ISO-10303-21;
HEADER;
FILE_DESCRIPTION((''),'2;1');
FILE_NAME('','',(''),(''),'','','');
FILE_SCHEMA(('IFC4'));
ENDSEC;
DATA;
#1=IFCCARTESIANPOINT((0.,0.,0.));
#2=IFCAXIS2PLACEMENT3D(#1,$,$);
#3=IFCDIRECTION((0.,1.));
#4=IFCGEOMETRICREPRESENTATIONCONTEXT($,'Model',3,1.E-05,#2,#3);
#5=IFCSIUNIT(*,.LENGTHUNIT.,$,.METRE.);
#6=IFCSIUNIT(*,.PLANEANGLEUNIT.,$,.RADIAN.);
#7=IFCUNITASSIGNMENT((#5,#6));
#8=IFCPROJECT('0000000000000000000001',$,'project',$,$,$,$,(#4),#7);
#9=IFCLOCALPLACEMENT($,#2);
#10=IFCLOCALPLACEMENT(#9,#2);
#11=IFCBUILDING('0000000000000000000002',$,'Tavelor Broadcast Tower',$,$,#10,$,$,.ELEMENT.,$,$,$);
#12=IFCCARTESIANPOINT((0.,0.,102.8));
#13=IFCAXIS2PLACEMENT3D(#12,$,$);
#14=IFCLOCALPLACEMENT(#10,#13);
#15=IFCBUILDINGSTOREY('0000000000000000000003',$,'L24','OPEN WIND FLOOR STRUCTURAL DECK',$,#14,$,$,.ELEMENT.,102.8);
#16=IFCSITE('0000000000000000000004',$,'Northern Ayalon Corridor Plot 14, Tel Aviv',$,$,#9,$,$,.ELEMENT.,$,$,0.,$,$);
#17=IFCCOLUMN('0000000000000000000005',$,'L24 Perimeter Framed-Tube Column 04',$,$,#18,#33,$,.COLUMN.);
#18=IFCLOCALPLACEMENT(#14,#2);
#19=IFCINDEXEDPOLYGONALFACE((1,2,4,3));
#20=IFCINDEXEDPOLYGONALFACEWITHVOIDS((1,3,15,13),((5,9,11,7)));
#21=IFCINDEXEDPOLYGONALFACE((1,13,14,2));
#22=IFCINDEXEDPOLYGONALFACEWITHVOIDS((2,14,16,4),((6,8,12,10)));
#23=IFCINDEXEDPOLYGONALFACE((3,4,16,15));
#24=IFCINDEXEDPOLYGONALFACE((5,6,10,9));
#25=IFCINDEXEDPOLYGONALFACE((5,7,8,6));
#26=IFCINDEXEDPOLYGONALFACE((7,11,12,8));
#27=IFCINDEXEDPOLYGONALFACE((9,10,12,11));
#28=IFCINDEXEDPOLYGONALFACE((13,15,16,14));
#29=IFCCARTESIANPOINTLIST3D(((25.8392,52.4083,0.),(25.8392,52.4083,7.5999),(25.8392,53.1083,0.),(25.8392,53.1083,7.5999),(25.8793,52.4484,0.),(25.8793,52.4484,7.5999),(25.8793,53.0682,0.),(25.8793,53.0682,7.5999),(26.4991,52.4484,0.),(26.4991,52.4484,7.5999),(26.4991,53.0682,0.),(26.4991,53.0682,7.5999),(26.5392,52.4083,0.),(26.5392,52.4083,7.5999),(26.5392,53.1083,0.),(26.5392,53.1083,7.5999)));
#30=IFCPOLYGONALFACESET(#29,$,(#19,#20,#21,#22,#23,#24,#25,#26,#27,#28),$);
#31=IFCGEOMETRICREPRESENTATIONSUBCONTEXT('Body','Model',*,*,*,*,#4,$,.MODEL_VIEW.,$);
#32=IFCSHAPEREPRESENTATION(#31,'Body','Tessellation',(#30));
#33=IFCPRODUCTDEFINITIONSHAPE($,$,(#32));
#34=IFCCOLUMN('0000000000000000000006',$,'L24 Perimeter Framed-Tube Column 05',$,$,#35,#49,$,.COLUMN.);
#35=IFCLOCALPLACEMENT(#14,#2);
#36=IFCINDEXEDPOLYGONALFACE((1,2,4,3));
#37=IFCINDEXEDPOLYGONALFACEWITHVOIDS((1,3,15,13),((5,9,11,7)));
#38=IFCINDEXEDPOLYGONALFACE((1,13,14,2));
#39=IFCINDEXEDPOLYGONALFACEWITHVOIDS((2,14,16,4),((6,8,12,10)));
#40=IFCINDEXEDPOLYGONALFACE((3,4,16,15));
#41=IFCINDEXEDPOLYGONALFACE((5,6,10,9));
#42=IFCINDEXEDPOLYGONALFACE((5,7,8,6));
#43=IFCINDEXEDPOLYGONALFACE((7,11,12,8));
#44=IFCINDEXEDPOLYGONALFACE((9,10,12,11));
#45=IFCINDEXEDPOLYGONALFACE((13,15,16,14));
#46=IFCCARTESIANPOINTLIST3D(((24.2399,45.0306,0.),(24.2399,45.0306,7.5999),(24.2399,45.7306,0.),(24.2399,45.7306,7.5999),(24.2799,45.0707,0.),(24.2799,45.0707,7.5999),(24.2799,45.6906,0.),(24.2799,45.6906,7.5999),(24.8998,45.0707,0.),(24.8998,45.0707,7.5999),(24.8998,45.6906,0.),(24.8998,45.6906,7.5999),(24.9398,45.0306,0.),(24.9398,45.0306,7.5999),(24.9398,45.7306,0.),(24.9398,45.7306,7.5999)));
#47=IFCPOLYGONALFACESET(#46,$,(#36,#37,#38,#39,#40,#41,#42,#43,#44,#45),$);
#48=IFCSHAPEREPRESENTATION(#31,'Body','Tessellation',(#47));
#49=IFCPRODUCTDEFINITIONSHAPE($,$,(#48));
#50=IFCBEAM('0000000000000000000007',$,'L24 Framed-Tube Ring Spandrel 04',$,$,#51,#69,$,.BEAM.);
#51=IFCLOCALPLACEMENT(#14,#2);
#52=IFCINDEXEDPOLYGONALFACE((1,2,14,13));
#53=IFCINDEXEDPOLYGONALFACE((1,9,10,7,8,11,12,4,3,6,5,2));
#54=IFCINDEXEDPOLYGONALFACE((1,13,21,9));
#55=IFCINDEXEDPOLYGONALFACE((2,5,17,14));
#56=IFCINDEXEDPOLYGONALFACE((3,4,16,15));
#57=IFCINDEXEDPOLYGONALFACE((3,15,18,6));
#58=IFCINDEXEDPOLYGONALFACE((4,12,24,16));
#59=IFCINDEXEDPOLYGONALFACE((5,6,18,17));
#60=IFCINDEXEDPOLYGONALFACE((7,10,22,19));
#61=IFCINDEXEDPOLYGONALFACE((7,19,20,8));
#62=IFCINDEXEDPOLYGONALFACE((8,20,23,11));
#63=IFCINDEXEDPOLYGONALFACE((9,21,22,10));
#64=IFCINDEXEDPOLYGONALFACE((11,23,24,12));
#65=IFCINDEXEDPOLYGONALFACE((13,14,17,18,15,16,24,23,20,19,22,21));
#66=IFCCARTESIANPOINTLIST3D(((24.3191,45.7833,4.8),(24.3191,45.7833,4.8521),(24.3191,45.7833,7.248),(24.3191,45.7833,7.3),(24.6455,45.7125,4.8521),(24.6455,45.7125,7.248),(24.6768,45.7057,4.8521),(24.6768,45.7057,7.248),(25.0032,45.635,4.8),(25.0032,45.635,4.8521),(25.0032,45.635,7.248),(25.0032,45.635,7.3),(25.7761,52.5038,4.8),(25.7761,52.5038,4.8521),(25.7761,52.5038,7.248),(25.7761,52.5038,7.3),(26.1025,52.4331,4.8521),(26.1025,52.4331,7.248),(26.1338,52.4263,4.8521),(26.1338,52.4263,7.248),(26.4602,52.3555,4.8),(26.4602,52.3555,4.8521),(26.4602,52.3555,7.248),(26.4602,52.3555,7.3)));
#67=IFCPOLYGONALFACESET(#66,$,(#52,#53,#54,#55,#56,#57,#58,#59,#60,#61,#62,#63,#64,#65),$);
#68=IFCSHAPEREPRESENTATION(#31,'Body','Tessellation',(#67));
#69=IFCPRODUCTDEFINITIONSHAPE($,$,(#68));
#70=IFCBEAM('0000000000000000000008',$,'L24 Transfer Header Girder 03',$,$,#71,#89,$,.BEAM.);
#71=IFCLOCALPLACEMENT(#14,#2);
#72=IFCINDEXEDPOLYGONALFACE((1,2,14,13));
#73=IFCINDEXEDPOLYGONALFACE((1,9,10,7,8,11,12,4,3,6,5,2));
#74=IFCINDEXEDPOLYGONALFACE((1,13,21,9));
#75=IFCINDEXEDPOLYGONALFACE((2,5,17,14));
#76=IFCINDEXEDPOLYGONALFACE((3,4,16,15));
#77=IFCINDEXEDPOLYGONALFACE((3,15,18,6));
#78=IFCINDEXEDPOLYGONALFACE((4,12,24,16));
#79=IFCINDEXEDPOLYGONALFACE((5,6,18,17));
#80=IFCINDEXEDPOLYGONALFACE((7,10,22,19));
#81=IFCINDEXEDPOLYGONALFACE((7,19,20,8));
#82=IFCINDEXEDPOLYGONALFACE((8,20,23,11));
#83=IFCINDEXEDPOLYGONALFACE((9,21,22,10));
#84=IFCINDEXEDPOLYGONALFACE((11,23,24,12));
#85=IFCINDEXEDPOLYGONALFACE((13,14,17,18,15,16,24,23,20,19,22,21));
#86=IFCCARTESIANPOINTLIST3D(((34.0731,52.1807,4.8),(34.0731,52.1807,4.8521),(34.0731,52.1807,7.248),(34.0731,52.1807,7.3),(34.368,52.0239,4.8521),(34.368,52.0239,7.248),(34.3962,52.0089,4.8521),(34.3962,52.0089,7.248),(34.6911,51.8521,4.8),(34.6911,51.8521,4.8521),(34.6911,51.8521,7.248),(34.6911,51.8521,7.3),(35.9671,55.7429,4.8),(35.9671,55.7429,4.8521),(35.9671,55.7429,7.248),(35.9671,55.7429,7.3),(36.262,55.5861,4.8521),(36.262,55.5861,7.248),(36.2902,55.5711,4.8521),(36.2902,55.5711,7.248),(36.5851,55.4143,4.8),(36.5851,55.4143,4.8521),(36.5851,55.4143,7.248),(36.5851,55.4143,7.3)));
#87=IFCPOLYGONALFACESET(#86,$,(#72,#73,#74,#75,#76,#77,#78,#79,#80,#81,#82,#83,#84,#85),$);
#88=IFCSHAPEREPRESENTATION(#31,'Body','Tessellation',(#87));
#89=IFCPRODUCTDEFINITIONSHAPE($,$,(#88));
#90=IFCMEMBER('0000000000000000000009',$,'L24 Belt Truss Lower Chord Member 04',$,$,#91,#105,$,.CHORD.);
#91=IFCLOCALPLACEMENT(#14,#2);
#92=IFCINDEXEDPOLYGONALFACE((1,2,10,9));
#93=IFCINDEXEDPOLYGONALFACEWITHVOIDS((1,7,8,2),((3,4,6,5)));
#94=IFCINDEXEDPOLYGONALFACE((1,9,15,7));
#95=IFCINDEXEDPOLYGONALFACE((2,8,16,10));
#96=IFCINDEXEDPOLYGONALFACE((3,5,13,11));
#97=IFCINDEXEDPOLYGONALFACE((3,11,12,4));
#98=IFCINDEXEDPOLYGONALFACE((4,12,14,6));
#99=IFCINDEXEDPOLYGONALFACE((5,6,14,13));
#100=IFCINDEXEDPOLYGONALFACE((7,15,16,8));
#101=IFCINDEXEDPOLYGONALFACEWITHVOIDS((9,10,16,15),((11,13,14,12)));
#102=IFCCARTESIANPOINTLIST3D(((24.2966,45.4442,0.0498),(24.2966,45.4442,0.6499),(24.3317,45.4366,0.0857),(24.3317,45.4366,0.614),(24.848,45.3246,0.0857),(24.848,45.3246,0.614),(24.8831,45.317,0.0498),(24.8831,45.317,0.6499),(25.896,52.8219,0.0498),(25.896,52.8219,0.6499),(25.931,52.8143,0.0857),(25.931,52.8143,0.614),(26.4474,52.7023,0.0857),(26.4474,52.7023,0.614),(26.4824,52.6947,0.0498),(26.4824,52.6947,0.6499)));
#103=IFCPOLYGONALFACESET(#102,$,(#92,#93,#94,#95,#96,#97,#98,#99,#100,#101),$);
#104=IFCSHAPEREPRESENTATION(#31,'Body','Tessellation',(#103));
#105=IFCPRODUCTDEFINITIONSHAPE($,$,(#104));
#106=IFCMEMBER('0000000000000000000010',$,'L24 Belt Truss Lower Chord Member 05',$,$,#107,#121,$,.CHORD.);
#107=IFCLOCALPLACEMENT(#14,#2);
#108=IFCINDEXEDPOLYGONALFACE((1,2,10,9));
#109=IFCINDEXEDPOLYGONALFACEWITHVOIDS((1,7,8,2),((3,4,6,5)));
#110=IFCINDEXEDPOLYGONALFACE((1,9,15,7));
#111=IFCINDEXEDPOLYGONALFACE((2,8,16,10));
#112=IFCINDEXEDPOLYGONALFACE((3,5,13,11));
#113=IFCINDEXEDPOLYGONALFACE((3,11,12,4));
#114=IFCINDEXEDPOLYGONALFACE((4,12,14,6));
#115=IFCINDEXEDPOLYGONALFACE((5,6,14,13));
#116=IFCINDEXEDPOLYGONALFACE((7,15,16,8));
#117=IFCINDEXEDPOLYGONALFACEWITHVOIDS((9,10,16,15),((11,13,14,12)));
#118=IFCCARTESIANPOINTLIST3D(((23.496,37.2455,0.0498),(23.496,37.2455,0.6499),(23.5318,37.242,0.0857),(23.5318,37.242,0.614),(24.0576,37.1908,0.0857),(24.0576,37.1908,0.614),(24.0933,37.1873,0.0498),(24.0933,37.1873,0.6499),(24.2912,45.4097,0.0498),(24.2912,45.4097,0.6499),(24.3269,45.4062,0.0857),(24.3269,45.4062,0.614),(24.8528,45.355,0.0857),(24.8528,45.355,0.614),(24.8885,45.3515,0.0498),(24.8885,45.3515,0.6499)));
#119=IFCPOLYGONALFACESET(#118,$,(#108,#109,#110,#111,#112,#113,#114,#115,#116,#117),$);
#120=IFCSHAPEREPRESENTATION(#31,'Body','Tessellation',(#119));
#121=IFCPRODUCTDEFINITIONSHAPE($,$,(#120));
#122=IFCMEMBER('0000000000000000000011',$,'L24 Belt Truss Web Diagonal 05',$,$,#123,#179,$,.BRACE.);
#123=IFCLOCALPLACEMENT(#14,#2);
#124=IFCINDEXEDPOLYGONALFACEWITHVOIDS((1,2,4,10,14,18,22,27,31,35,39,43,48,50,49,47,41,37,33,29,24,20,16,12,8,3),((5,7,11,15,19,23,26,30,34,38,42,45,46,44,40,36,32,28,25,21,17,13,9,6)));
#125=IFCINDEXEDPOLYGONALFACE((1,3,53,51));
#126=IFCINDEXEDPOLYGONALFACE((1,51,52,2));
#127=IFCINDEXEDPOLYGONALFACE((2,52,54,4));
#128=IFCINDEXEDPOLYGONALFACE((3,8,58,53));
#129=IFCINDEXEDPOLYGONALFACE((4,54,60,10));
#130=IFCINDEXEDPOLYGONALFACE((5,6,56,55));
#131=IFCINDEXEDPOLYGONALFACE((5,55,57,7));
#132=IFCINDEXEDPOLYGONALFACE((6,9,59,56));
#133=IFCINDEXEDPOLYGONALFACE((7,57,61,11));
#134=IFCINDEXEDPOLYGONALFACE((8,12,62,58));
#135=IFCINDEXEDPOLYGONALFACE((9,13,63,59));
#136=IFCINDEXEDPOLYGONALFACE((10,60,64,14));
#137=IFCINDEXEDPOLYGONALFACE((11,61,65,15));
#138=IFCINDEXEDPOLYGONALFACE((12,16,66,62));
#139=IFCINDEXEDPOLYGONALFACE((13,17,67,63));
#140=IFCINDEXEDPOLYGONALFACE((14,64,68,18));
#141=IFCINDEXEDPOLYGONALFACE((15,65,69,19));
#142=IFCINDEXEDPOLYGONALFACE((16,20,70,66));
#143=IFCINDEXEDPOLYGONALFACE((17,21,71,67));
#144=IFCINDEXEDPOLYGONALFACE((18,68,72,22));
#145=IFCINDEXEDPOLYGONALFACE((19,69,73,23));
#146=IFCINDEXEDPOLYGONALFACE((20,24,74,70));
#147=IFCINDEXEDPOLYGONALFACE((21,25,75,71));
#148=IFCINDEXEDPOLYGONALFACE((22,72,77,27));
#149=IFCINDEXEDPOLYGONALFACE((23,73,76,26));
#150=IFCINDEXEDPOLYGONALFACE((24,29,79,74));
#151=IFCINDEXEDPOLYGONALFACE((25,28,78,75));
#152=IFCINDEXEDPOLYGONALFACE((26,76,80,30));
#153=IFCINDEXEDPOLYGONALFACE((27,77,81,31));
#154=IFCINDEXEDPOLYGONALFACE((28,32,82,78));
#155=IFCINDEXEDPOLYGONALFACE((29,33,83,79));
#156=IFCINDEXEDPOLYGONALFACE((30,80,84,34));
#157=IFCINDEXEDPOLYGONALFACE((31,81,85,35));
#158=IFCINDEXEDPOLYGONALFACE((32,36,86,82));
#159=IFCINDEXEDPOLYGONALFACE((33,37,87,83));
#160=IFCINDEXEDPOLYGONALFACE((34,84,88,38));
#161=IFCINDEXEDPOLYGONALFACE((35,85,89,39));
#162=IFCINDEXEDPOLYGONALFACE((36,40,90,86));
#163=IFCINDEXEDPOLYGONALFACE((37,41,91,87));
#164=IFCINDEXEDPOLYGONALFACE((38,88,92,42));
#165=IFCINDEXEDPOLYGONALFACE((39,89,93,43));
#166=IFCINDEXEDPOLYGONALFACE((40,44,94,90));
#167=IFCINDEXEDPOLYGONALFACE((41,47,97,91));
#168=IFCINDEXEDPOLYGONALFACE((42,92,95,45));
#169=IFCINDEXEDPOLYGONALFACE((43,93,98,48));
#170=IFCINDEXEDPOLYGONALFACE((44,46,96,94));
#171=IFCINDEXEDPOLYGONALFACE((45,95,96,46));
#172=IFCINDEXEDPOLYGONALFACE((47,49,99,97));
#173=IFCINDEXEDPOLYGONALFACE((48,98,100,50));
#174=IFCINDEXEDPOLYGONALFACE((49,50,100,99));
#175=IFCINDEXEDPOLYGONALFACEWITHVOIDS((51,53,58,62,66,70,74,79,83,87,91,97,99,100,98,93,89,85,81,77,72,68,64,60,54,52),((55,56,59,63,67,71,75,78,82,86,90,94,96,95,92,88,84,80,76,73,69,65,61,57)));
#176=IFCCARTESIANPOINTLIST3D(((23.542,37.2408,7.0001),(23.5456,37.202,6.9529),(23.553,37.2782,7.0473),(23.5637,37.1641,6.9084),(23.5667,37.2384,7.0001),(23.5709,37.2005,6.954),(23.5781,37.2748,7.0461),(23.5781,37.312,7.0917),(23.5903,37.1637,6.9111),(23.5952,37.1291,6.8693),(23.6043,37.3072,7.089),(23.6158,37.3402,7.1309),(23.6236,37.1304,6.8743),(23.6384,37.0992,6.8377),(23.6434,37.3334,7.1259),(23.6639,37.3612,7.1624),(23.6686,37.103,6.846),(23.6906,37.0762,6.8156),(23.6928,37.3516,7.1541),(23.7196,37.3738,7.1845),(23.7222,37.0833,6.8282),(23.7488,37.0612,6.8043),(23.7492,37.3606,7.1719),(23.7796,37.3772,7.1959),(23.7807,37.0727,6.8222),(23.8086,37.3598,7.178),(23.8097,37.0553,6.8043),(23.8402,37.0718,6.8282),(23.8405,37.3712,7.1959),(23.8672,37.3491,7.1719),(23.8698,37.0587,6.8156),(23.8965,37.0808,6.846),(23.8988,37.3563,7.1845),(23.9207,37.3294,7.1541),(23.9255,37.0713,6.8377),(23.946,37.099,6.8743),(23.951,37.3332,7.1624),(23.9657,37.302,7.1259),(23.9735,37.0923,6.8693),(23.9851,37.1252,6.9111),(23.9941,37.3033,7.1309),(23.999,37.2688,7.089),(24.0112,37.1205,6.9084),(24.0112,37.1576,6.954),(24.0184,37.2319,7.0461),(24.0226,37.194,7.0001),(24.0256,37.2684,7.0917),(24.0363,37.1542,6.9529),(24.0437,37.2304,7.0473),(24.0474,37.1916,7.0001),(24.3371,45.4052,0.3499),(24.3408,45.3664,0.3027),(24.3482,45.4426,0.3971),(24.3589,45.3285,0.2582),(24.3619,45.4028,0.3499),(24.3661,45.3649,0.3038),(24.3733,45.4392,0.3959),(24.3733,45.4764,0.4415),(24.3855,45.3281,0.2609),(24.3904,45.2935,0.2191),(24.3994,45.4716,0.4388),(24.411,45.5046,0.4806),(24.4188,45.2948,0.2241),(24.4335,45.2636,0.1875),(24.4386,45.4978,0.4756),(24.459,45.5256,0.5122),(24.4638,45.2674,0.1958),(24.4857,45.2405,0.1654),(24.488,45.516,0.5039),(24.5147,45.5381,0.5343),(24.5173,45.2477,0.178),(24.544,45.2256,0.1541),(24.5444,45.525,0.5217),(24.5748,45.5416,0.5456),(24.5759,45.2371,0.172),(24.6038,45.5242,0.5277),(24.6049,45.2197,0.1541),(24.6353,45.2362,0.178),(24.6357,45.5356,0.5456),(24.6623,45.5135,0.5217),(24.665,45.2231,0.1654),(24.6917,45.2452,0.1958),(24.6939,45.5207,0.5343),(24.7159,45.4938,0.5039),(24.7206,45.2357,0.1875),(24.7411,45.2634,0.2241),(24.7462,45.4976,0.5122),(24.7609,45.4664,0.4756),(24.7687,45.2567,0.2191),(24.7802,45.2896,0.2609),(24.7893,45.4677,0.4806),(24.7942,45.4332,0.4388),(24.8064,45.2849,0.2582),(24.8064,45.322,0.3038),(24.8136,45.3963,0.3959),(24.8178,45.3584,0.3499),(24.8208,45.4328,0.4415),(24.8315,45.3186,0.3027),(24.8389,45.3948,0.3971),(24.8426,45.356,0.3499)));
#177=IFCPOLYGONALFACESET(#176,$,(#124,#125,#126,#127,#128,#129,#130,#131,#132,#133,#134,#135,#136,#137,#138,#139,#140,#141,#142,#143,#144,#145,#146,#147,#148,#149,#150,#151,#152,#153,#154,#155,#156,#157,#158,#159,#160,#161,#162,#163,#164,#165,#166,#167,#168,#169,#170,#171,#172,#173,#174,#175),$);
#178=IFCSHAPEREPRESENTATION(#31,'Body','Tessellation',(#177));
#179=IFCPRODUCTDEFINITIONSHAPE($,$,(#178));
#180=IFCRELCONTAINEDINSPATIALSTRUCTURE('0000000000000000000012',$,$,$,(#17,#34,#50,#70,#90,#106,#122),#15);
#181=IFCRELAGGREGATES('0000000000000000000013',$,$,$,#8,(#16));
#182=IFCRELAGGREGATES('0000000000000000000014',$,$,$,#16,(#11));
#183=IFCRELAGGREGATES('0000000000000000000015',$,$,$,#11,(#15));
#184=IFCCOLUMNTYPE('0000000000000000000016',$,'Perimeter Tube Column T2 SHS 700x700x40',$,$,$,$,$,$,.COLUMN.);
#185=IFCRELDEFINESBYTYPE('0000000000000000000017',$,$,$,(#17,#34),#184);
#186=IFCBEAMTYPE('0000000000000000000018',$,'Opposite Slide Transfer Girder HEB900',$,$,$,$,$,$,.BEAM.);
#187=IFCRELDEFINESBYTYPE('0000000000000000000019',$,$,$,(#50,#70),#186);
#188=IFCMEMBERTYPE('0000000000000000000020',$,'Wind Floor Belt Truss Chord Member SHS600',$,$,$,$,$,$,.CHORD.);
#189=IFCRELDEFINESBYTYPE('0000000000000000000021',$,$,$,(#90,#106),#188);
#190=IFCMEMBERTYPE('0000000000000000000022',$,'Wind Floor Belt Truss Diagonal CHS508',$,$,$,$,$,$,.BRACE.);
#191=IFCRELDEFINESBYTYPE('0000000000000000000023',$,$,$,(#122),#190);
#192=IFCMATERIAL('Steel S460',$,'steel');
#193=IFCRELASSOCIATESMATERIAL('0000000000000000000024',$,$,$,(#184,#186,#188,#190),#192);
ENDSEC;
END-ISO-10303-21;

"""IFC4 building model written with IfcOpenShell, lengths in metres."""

from ifc_helpers import new_model, si_unit, direction, frame, origin, origin_2d, place, context, subcontext, project, spatial, hollow_rectangle, hollow_circle, i_section, extrude, material, material_profile, profile_set, type_object, element, save


model = new_model("IFC4")

# Units and contexts
model_context = context("Model", 3, precision=1e-05, world=origin(), true_north=direction((0.0, 1.0)))
body_context = subcontext(model_context, "Body", "Model", "MODEL_VIEW")
ifc_project = project(units=[si_unit("LENGTHUNIT", "METRE"), si_unit("PLANEANGLEUNIT", "RADIAN")], contexts=[model_context])

# Site, building, storey
site_placement = place(None, origin())
site = spatial("IfcSite", under=ifc_project, at=site_placement, Name="Northern Ayalon Corridor Plot 14, Tel Aviv", CompositionType="ELEMENT", RefElevation=0.0)
building_placement = place(site_placement, origin())
building = spatial("IfcBuilding", under=site, at=building_placement, Name="Tavelor Broadcast Tower", CompositionType="ELEMENT")
storey_placement = place(building_placement, frame((0.0, 0.0, 102.8)))
storey = spatial("IfcBuildingStorey", under=building, at=storey_placement, Name="L24", Description="OPEN WIND FLOOR STRUCTURAL DECK", CompositionType="ELEMENT", Elevation=102.8)

# Columns
ifc_material_1 = material(Name="Steel S460", Category="steel")
ifc_material_profile_1 = material_profile(ifc_material_1, hollow_rectangle(XDim=0.7, YDim=0.7, WallThickness=0.04, at=origin_2d()), Name="SHS 700x700x40")
ifc_profile_set_1 = profile_set([ifc_material_profile_1], Name="Steel S460")
column_type = type_object("IfcColumnType", Name="Perimeter Tube Column T2 SHS 700x700x40", PredefinedType="COLUMN", material=ifc_profile_set_1)
for number, where, z_axis, x_axis, name in (
    (1, (26.1892, 52.7583, 0.0), (0.0, 0.0, 1.0), (1.0, 0.0, 0.0), "L24 Perimeter Framed-Tube Column 04"),
    (2, (24.5898, 45.3806, 0.0), (0.0, 0.0, 1.0), (1.0, 0.0, 0.0), "L24 Perimeter Framed-Tube Column 05"),
):
    element("IfcColumn", number, at=place(storey_placement, frame(where, z_axis=z_axis, x_axis=x_axis)), inside=storey, type_object=column_type, Name=name, PredefinedType="COLUMN", context=body_context, shape_type="SweptSolid", body=[
        extrude(hollow_rectangle(XDim=0.7, YDim=0.7, WallThickness=0.04, at=origin_2d()), origin(), (0.0, 0.0, 1.0), 7.5999),
    ])

# Beams
ifc_material_profile_2 = material_profile(ifc_material_1, i_section(OverallWidth=0.7, OverallDepth=2.5, WebThickness=0.032, FlangeThickness=0.052, at=origin_2d()), Name="PG 2500x700")
ifc_profile_set_2 = profile_set([ifc_material_profile_2], Name="Steel S460")
beam_type = type_object("IfcBeamType", Name="Opposite Slide Transfer Girder HEB900", PredefinedType="BEAM", material=ifc_profile_set_2)
beam_1_placement = place(storey_placement, frame((26.1182, 52.4297, 6.05), z_axis=(-0.211875, -0.977297, 0.0), x_axis=(0.977297, -0.211875, 0.0)))
element("IfcBeam", 3, at=beam_1_placement, inside=storey, type_object=beam_type, Name="L24 Framed-Tube Ring Spandrel 04", PredefinedType="BEAM", context=body_context, shape_type="SweptSolid", body=[
    extrude(i_section(OverallWidth=0.7, OverallDepth=2.5, WebThickness=0.032, FlangeThickness=0.052, at=origin_2d()), origin(), (0.0, 0.0, 1.0), 6.8767),
])
beam_2_placement = place(storey_placement, frame((34.3821, 52.0164, 6.05), z_axis=(0.469463, 0.882952, 0.0), x_axis=(-0.882952, 0.469463, 0.0)))
element("IfcBeam", 4, at=beam_2_placement, inside=storey, type_object=beam_type, Name="L24 Transfer Header Girder 03", PredefinedType="BEAM", context=body_context, shape_type="SweptSolid", body=[
    extrude(i_section(OverallWidth=0.7, OverallDepth=2.5, WebThickness=0.032, FlangeThickness=0.052, at=origin_2d()), origin(), (0.0, 0.0, 1.0), 4.0344),
])

# Members
ifc_material_profile_3 = material_profile(ifc_material_1, hollow_rectangle(XDim=0.6001, YDim=0.6001, WallThickness=0.0359, at=origin_2d()), Name="SHS 600x600x36")
ifc_profile_set_3 = profile_set([ifc_material_profile_3], Name="Steel S460")
member_type_1 = type_object("IfcMemberType", Name="Wind Floor Belt Truss Chord Member SHS600", PredefinedType="CHORD", material=ifc_profile_set_3)
member_1_placement = place(storey_placement, frame((26.1892, 52.7583, 0.3499), z_axis=(-0.211863, -0.977299, 0.0), x_axis=(0.977299, -0.211863, 0.0)))
element("IfcMember", 5, at=member_1_placement, inside=storey, type_object=member_type_1, Name="L24 Belt Truss Lower Chord Member 04", PredefinedType="CHORD", context=body_context, shape_type="SweptSolid", body=[
    extrude(hollow_rectangle(XDim=0.6001, YDim=0.6001, WallThickness=0.0359, at=origin_2d()), origin(), (0.0, 0.0, 1.0), 7.5491),
])
member_2_placement = place(storey_placement, frame((24.5898, 45.3806, 0.3499), z_axis=(-0.096937, -0.995291, 0.0), x_axis=(0.995291, -0.096937, 0.0)))
element("IfcMember", 6, at=member_2_placement, inside=storey, type_object=member_type_1, Name="L24 Belt Truss Lower Chord Member 05", PredefinedType="CHORD", context=body_context, shape_type="SweptSolid", body=[
    extrude(hollow_rectangle(XDim=0.6001, YDim=0.6001, WallThickness=0.0359, at=origin_2d()), origin(), (0.0, 0.0, 1.0), 8.2029),
])
ifc_material_profile_4 = material_profile(ifc_material_1, hollow_circle(Radius=0.2539, WallThickness=0.0249, at=origin_2d()), Name="CHS 508x25")
ifc_profile_set_4 = profile_set([ifc_material_profile_4], Name="Steel S460")
member_type_2 = type_object("IfcMemberType", Name="Wind Floor Belt Truss Diagonal CHS508", PredefinedType="BRACE", material=ifc_profile_set_4)
member_3_placement = place(storey_placement, frame((24.5898, 45.3806, 0.3499), z_axis=(-0.0753, -0.773138, 0.629751), x_axis=(0.995291, -0.096937, 0.0)))
element("IfcMember", 7, at=member_3_placement, inside=storey, type_object=member_type_2, Name="L24 Belt Truss Web Diagonal 05", PredefinedType="BRACE", context=body_context, shape_type="SweptSolid", body=[
    extrude(hollow_circle(Radius=0.2539, WallThickness=0.0249, at=origin_2d()), origin(), (0.0, 0.0, 1.0), 10.5601),
])

save(model, "model.ifc")
